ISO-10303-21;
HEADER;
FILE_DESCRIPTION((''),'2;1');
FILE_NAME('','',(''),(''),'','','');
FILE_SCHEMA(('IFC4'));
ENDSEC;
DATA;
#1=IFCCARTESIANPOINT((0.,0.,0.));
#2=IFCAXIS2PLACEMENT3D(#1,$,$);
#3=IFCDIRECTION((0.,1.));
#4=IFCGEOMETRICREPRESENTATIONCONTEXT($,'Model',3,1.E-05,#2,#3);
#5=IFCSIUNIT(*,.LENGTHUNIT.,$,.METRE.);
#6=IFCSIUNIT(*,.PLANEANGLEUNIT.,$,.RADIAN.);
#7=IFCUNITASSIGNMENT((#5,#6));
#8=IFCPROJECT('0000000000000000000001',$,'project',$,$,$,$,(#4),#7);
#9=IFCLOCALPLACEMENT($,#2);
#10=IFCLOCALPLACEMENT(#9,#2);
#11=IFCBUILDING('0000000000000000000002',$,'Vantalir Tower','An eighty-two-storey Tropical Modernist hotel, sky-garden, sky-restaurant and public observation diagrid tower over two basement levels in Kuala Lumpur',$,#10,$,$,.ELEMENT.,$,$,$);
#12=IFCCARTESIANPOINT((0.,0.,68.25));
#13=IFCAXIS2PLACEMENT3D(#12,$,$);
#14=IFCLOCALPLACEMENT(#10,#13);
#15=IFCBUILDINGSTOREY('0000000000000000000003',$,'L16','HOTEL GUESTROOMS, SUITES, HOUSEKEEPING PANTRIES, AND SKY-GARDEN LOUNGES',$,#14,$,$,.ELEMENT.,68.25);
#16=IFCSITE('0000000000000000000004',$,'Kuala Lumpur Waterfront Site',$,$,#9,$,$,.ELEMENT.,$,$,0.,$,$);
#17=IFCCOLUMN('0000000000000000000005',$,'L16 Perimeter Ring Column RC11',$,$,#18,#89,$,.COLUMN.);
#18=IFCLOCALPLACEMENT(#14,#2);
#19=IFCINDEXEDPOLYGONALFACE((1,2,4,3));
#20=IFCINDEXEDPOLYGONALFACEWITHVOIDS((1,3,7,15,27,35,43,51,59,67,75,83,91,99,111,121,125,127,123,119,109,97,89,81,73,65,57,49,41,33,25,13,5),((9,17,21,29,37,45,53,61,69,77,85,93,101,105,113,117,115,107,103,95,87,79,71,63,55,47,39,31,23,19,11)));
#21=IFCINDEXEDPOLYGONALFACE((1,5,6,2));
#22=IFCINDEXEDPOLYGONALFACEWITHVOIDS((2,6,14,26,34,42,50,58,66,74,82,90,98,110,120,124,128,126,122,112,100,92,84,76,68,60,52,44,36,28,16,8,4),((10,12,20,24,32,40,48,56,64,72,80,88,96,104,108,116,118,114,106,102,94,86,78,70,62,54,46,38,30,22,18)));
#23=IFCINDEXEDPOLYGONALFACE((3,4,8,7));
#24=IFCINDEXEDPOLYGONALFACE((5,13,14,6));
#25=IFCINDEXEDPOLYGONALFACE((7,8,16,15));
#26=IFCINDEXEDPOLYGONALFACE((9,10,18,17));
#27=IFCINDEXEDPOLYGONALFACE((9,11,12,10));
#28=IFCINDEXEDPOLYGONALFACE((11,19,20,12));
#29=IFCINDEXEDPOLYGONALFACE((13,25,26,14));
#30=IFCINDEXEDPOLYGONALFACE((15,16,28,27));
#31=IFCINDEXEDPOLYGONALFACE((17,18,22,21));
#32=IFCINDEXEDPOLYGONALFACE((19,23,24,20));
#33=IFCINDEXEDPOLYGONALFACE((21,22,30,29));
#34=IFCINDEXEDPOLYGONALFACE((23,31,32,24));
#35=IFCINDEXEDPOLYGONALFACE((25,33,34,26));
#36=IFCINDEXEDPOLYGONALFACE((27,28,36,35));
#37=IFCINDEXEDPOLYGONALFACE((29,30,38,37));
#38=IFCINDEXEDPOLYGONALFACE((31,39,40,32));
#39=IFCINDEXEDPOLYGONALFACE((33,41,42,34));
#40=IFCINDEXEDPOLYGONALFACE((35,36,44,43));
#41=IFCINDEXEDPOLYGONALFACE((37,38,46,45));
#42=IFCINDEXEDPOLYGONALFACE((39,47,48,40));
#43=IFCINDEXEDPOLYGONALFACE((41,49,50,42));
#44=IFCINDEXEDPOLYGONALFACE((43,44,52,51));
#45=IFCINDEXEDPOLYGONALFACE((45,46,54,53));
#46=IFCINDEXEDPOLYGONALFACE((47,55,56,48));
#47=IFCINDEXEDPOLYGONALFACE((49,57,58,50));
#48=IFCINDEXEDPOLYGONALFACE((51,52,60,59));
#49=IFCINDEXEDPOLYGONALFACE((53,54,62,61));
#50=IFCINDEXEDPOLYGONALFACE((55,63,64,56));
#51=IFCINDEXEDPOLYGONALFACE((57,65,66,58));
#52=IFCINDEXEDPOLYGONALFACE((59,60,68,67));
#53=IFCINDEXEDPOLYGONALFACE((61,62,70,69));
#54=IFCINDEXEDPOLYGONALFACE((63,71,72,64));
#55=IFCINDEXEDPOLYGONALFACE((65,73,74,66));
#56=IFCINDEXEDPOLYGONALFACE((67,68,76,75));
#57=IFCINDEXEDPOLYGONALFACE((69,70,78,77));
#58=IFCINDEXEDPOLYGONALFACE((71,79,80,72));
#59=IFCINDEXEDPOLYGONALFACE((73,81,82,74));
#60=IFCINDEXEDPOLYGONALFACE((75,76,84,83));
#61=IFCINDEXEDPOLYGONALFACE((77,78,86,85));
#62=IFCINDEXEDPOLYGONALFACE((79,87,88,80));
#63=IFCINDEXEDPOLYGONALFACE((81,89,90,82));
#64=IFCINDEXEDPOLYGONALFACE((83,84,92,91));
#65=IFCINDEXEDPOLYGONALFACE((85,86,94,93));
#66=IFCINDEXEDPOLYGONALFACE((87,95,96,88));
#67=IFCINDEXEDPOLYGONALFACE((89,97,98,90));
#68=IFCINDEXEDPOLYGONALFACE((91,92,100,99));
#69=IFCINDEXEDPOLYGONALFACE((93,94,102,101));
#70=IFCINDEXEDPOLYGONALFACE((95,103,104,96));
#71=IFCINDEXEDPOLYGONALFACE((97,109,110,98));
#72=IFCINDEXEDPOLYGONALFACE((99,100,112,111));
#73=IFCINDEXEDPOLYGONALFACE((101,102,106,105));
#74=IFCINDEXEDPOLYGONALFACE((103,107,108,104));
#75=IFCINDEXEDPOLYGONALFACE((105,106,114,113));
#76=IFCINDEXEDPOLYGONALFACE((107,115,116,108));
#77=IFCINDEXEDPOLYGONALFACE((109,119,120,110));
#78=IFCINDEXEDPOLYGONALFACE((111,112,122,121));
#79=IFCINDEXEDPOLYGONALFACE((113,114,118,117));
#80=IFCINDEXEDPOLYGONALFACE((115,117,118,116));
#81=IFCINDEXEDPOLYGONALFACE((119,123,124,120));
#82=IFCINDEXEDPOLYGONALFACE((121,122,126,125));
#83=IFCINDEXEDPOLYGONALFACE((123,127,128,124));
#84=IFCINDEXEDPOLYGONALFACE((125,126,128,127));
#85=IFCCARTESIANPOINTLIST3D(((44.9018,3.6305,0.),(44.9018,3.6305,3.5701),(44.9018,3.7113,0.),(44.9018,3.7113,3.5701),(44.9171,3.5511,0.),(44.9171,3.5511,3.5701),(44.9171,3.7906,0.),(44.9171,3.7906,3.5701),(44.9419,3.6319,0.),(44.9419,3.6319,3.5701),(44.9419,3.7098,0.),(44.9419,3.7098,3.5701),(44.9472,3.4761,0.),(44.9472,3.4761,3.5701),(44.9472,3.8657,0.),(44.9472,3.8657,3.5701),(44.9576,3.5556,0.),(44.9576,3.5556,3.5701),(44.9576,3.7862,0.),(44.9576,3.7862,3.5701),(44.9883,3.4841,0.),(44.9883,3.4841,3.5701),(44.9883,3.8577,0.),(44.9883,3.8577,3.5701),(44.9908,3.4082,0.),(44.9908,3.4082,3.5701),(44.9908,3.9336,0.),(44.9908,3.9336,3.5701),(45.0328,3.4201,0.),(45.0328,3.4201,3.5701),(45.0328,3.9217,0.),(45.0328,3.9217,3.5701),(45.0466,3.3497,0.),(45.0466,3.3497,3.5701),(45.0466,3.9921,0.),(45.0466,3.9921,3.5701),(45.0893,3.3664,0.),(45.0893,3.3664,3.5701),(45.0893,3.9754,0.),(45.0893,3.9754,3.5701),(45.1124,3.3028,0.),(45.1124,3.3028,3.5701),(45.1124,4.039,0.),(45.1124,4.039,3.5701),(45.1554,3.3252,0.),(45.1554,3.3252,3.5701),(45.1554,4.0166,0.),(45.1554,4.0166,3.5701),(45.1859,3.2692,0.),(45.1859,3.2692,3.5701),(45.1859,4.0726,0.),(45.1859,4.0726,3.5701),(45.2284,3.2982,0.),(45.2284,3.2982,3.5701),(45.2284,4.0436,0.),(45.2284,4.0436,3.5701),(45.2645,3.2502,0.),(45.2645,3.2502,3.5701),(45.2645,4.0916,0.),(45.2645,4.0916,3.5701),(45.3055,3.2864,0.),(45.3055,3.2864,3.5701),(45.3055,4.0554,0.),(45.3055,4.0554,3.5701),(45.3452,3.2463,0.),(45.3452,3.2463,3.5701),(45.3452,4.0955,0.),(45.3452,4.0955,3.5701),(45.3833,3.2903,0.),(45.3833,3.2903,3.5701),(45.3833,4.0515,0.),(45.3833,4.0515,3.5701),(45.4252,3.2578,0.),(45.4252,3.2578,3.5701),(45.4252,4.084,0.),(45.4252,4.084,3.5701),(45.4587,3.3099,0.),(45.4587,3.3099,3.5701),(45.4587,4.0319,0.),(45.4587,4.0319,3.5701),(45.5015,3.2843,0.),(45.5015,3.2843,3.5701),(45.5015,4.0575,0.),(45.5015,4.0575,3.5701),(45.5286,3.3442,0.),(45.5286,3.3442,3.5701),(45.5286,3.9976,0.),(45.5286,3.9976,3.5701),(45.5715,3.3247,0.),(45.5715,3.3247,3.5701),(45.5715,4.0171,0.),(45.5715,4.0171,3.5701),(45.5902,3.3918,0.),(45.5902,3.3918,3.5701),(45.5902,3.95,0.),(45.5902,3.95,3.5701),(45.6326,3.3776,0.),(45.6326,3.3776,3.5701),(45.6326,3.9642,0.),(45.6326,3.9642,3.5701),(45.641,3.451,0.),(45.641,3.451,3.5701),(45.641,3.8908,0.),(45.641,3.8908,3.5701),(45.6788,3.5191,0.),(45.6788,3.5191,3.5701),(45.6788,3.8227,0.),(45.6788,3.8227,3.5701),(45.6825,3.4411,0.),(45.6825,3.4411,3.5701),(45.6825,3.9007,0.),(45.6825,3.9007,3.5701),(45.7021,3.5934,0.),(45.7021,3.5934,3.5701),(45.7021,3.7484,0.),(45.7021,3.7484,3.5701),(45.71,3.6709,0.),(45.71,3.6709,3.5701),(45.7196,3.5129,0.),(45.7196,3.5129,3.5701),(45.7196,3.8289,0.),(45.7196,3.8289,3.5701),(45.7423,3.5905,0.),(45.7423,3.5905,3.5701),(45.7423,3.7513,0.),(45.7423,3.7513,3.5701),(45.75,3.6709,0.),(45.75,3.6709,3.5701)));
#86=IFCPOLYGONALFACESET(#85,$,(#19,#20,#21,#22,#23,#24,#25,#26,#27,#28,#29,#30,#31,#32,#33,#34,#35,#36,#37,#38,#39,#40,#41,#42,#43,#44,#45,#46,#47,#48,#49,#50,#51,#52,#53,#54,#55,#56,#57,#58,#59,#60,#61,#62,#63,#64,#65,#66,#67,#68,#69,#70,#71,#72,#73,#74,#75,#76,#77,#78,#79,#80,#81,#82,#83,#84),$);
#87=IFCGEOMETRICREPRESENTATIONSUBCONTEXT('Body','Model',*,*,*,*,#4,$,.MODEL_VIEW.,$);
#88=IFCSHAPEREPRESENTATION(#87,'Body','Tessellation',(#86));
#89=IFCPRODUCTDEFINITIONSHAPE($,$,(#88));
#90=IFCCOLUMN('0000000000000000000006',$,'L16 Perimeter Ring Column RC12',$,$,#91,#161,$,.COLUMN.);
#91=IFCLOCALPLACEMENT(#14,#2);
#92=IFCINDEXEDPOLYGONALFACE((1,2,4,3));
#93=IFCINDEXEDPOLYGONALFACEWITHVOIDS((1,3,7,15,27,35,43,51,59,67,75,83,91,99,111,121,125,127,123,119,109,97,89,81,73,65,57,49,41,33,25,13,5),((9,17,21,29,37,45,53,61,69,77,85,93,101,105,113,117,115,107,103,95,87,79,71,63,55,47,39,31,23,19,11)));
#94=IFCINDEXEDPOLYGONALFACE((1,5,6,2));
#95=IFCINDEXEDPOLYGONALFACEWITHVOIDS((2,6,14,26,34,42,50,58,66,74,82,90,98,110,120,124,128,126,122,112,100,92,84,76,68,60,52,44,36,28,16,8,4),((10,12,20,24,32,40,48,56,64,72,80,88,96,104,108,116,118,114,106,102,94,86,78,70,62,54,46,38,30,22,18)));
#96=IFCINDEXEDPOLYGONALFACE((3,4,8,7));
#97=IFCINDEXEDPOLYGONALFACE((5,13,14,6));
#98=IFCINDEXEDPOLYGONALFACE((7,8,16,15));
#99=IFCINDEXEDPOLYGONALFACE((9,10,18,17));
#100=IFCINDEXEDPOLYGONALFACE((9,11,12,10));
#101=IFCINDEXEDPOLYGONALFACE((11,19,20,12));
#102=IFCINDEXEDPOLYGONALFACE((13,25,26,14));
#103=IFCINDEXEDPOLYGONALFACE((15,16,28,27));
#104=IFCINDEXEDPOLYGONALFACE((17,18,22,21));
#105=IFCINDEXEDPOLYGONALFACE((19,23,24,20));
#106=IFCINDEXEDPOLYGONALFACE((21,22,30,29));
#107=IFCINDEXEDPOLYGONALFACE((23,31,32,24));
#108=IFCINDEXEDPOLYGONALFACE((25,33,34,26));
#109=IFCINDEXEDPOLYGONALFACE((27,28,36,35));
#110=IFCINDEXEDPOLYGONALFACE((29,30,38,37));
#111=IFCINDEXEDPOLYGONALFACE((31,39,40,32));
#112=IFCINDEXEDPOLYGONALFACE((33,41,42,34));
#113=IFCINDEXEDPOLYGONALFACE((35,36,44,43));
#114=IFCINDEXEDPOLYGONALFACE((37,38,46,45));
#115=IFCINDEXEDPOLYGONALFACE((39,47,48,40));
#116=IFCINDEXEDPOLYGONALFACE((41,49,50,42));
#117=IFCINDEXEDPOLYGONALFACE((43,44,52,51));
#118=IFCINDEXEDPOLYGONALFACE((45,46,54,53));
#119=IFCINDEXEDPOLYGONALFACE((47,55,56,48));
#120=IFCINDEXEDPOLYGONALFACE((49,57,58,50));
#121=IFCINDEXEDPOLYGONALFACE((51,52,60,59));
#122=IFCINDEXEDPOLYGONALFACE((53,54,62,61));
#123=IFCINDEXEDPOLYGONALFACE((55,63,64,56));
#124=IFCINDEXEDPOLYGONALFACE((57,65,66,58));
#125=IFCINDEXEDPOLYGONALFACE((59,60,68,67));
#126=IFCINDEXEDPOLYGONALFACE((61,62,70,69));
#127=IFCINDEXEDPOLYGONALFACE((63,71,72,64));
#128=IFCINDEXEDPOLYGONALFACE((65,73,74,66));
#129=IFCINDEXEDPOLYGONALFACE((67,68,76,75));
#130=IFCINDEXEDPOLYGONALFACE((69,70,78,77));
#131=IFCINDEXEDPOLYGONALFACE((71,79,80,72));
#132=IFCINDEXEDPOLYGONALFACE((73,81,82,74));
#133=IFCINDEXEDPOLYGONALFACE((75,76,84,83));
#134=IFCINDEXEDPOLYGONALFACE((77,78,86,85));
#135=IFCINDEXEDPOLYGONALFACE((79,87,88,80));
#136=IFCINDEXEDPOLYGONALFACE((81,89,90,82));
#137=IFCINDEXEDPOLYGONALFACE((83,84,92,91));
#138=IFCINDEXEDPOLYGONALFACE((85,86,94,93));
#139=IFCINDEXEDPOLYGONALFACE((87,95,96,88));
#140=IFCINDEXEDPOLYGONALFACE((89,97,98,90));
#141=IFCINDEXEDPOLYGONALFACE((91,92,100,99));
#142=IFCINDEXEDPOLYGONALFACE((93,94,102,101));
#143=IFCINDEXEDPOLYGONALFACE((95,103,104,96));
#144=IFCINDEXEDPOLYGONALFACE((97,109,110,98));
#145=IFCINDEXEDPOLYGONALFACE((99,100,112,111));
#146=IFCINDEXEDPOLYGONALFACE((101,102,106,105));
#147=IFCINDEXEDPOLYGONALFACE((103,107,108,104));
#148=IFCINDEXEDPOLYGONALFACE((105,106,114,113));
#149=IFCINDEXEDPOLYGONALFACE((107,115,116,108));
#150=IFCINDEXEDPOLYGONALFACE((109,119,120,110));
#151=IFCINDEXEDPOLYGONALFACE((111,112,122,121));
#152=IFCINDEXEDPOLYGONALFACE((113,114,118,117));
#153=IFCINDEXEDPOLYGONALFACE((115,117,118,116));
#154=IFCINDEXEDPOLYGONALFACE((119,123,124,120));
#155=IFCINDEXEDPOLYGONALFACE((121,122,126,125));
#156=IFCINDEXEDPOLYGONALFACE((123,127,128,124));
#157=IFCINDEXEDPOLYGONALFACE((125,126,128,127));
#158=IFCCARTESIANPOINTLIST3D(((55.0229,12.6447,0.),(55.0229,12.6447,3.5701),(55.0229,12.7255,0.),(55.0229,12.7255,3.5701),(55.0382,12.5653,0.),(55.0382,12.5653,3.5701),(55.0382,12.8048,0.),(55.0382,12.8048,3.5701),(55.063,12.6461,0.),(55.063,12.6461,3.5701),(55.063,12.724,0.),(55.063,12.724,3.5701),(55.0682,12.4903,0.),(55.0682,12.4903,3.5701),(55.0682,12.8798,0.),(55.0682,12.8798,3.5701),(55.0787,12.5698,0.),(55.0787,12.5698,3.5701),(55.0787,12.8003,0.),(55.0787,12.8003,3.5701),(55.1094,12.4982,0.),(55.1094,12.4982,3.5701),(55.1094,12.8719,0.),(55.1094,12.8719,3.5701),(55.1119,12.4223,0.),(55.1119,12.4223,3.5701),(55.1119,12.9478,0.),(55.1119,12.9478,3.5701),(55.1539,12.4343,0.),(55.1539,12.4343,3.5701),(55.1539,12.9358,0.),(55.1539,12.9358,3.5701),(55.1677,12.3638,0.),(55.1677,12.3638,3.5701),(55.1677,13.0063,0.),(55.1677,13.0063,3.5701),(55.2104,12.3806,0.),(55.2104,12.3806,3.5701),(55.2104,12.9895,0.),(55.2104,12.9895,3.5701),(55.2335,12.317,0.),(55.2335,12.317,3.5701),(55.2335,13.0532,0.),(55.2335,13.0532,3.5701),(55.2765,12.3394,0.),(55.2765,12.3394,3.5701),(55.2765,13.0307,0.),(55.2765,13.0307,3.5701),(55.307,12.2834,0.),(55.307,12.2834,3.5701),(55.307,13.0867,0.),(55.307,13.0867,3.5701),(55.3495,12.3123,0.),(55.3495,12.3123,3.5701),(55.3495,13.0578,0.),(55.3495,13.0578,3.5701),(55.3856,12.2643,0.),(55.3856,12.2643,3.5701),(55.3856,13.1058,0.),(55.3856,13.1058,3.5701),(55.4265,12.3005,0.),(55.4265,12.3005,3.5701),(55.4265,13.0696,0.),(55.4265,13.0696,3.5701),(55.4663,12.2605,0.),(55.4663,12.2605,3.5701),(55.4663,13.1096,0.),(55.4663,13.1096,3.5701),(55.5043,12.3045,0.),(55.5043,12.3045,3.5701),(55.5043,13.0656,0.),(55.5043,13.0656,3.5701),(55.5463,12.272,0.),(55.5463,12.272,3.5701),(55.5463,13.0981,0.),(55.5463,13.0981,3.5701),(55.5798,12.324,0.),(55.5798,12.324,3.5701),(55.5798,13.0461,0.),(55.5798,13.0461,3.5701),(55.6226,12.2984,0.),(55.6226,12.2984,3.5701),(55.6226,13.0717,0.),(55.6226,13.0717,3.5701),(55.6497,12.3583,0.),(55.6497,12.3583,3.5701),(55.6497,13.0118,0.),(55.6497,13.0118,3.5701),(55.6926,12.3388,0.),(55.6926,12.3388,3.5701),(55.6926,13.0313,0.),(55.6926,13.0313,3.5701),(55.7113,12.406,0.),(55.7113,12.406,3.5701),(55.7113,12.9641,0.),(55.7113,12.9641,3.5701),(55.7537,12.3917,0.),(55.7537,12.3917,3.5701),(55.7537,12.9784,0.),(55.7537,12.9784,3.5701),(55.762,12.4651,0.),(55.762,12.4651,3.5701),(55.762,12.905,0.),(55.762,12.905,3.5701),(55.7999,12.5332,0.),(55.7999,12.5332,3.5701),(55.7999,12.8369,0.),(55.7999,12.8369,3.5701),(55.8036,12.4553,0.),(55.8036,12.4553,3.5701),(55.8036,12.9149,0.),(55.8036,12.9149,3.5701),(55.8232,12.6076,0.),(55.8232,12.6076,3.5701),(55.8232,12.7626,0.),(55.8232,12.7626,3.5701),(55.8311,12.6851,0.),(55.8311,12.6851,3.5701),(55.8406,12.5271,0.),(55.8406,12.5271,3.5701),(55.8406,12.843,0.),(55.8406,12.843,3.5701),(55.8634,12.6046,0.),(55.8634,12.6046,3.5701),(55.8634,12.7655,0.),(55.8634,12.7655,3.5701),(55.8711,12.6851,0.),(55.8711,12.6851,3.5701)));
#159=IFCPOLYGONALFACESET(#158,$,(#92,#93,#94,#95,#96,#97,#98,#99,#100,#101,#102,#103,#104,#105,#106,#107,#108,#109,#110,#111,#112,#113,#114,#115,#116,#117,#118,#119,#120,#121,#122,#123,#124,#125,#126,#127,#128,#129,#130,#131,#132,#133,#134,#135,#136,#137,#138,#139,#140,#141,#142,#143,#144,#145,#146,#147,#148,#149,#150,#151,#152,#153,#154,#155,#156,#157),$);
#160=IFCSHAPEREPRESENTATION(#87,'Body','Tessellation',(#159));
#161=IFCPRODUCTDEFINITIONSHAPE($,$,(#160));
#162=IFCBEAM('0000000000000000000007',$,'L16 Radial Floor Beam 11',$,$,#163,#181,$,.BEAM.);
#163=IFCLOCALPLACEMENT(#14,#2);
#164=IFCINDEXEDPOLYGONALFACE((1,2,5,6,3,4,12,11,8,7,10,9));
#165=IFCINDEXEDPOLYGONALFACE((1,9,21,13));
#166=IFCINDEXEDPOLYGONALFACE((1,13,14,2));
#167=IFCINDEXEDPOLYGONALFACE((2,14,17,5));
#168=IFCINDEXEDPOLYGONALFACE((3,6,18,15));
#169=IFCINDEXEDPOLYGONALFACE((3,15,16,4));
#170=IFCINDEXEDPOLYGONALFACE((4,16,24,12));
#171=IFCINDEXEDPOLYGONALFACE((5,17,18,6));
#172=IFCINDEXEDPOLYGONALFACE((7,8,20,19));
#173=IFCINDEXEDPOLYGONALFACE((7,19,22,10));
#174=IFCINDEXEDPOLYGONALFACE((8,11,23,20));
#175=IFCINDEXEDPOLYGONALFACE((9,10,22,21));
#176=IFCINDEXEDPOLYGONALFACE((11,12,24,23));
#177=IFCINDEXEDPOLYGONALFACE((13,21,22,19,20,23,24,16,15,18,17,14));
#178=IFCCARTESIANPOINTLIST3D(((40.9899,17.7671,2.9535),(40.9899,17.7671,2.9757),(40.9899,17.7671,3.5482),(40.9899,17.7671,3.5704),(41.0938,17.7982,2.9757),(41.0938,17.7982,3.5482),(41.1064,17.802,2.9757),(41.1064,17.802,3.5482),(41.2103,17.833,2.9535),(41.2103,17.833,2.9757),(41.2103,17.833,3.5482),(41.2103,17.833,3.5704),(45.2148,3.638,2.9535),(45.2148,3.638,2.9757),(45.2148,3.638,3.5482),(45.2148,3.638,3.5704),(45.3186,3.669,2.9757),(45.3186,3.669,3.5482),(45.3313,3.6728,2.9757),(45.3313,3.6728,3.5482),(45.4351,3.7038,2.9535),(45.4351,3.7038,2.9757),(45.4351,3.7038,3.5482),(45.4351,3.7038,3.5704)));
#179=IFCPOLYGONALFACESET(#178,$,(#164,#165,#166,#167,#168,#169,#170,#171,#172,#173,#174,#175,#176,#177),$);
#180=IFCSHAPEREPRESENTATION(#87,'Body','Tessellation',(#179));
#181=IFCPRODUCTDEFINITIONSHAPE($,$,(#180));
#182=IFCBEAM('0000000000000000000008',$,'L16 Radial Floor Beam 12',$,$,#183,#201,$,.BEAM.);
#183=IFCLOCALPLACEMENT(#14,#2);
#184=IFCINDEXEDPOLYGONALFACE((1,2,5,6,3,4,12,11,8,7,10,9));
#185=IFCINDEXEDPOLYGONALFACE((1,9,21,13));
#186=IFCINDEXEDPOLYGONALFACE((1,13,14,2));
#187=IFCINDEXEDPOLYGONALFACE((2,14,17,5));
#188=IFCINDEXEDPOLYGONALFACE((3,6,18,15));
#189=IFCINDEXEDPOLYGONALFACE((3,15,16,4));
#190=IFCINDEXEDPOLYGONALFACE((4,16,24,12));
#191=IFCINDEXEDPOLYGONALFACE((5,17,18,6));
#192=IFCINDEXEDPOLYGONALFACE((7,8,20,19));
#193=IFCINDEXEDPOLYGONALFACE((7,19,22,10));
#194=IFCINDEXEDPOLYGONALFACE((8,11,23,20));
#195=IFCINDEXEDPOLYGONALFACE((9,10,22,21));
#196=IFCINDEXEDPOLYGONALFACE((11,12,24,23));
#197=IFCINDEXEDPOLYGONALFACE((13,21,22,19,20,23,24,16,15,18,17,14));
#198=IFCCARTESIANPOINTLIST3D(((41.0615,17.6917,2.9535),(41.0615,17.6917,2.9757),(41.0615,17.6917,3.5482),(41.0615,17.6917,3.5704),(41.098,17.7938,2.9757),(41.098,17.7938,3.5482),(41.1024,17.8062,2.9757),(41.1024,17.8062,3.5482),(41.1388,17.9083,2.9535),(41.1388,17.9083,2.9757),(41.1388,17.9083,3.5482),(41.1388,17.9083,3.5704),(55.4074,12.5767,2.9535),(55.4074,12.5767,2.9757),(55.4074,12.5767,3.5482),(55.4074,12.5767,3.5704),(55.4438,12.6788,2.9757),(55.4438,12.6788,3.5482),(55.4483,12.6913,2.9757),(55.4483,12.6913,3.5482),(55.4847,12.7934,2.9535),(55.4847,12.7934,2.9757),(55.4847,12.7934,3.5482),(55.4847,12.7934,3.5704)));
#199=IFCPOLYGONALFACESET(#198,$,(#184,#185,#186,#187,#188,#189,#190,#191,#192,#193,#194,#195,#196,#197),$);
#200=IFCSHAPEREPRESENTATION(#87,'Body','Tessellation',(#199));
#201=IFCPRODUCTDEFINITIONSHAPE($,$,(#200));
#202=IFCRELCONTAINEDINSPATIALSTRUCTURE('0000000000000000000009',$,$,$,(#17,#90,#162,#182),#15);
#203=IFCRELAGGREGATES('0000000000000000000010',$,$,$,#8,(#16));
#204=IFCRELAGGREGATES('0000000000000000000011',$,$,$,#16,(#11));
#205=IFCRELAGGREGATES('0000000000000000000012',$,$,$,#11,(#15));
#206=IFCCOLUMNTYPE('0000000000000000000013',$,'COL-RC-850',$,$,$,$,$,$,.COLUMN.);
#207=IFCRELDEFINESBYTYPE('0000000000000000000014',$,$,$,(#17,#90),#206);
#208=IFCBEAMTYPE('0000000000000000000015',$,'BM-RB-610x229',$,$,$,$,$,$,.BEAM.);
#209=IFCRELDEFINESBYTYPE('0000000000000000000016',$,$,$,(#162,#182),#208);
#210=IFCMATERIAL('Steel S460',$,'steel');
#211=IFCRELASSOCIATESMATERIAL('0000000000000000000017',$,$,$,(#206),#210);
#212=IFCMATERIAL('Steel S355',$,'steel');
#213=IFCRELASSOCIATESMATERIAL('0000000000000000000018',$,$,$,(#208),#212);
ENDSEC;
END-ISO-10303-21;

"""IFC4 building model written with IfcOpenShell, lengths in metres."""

from ifc_helpers import new_model, si_unit, direction, frame, origin, origin_2d, place, context, subcontext, project, spatial, hollow_circle, i_section, extrude, material, material_profile, profile_set, type_object, element, save


model = new_model("IFC4")

# Units and contexts
model_context = context("Model", 3, precision=1e-05, world=origin(), true_north=direction((0.0, 1.0)))
body_context = subcontext(model_context, "Body", "Model", "MODEL_VIEW")
ifc_project = project(units=[si_unit("LENGTHUNIT", "METRE"), si_unit("PLANEANGLEUNIT", "RADIAN")], contexts=[model_context])

# Site, building, storey
site_placement = place(None, origin())
site = spatial("IfcSite", under=ifc_project, at=site_placement, Name="Kuala Lumpur Waterfront Site", CompositionType="ELEMENT", RefElevation=0.0)
building_placement = place(site_placement, origin())
building = spatial("IfcBuilding", under=site, at=building_placement, Name="Vantalir Tower", Description="An eighty-two-storey Tropical Modernist hotel, sky-garden, sky-restaurant and public observation diagrid tower over two basement levels in Kuala Lumpur", CompositionType="ELEMENT")
storey_placement = place(building_placement, frame((0.0, 0.0, 68.25)))
storey = spatial("IfcBuildingStorey", under=building, at=storey_placement, Name="L16", Description="HOTEL GUESTROOMS, SUITES, HOUSEKEEPING PANTRIES, AND SKY-GARDEN LOUNGES", CompositionType="ELEMENT", Elevation=68.25)

# Columns
ifc_material_1 = material(Name="Steel S460", Category="steel")
ifc_material_profile_1 = material_profile(ifc_material_1, hollow_circle(Radius=0.425, WallThickness=0.04, at=origin_2d()), Name="Steel S460")
ifc_profile_set_1 = profile_set([ifc_material_profile_1], Name="Steel S460")
column_type = type_object("IfcColumnType", Name="COL-RC-850", PredefinedType="COLUMN", material=ifc_profile_set_1)
for number, where, z_axis, x_axis, name in (
    (1, (45.325, 3.6709, 0.0), (0.0, 0.0, 1.0), (1.0, 0.0, 0.0), "L16 Perimeter Ring Column RC11"),
    (2, (55.446, 12.6851, 0.0), (0.0, 0.0, 1.0), (1.0, 0.0, 0.0), "L16 Perimeter Ring Column RC12"),
):
    element("IfcColumn", number, at=place(storey_placement, frame(where, z_axis=z_axis, x_axis=x_axis)), inside=storey, type_object=column_type, Name=name, PredefinedType="COLUMN", context=body_context, shape_type="SweptSolid", body=[
        extrude(hollow_circle(Radius=0.425, WallThickness=0.04, at=origin_2d()), origin(), (0.0, 0.0, 1.0), 3.5701),
    ])

# Beams
ifc_material_2 = material(Name="Steel S355", Category="steel")
ifc_material_profile_2 = material_profile(ifc_material_2, i_section(OverallWidth=0.23, OverallDepth=0.6169, WebThickness=0.0132, FlangeThickness=0.0222, at=origin_2d()), Name="Steel S355")
ifc_profile_set_2 = profile_set([ifc_material_profile_2], Name="Steel S355")
beam_type_1 = type_object("IfcBeamType", Name="BM-RB-610x229", PredefinedType="BEAM", material=ifc_profile_set_2)
beam_1_placement = place(storey_placement, frame((45.325, 3.6709, 3.262), z_axis=(-0.286484, 0.958085, 0.0), x_axis=(-0.958085, -0.286484, 0.0)))
element("IfcBeam", 3, at=beam_1_placement, inside=storey, type_object=beam_type_1, Name="L16 Radial Floor Beam 11", PredefinedType="BEAM", context=body_context, shape_type="SweptSolid", body=[
    extrude(i_section(OverallWidth=0.23, OverallDepth=0.6169, WebThickness=0.0132, FlangeThickness=0.0222, at=origin_2d()), origin(), (0.0, 0.0, 1.0), 14.7473),
])
beam_2_placement = place(storey_placement, frame((55.446, 12.6851, 3.262), z_axis=(-0.94192, 0.335838, 0.0), x_axis=(-0.335838, -0.94192, 0.0)))
element("IfcBeam", 4, at=beam_2_placement, inside=storey, type_object=beam_type_1, Name="L16 Radial Floor Beam 12", PredefinedType="BEAM", context=body_context, shape_type="SweptSolid", body=[
    extrude(i_section(OverallWidth=0.23, OverallDepth=0.6169, WebThickness=0.0132, FlangeThickness=0.0222, at=origin_2d()), origin(), (0.0, 0.0, 1.0), 15.2305),
])

save(model, "model.ifc")
